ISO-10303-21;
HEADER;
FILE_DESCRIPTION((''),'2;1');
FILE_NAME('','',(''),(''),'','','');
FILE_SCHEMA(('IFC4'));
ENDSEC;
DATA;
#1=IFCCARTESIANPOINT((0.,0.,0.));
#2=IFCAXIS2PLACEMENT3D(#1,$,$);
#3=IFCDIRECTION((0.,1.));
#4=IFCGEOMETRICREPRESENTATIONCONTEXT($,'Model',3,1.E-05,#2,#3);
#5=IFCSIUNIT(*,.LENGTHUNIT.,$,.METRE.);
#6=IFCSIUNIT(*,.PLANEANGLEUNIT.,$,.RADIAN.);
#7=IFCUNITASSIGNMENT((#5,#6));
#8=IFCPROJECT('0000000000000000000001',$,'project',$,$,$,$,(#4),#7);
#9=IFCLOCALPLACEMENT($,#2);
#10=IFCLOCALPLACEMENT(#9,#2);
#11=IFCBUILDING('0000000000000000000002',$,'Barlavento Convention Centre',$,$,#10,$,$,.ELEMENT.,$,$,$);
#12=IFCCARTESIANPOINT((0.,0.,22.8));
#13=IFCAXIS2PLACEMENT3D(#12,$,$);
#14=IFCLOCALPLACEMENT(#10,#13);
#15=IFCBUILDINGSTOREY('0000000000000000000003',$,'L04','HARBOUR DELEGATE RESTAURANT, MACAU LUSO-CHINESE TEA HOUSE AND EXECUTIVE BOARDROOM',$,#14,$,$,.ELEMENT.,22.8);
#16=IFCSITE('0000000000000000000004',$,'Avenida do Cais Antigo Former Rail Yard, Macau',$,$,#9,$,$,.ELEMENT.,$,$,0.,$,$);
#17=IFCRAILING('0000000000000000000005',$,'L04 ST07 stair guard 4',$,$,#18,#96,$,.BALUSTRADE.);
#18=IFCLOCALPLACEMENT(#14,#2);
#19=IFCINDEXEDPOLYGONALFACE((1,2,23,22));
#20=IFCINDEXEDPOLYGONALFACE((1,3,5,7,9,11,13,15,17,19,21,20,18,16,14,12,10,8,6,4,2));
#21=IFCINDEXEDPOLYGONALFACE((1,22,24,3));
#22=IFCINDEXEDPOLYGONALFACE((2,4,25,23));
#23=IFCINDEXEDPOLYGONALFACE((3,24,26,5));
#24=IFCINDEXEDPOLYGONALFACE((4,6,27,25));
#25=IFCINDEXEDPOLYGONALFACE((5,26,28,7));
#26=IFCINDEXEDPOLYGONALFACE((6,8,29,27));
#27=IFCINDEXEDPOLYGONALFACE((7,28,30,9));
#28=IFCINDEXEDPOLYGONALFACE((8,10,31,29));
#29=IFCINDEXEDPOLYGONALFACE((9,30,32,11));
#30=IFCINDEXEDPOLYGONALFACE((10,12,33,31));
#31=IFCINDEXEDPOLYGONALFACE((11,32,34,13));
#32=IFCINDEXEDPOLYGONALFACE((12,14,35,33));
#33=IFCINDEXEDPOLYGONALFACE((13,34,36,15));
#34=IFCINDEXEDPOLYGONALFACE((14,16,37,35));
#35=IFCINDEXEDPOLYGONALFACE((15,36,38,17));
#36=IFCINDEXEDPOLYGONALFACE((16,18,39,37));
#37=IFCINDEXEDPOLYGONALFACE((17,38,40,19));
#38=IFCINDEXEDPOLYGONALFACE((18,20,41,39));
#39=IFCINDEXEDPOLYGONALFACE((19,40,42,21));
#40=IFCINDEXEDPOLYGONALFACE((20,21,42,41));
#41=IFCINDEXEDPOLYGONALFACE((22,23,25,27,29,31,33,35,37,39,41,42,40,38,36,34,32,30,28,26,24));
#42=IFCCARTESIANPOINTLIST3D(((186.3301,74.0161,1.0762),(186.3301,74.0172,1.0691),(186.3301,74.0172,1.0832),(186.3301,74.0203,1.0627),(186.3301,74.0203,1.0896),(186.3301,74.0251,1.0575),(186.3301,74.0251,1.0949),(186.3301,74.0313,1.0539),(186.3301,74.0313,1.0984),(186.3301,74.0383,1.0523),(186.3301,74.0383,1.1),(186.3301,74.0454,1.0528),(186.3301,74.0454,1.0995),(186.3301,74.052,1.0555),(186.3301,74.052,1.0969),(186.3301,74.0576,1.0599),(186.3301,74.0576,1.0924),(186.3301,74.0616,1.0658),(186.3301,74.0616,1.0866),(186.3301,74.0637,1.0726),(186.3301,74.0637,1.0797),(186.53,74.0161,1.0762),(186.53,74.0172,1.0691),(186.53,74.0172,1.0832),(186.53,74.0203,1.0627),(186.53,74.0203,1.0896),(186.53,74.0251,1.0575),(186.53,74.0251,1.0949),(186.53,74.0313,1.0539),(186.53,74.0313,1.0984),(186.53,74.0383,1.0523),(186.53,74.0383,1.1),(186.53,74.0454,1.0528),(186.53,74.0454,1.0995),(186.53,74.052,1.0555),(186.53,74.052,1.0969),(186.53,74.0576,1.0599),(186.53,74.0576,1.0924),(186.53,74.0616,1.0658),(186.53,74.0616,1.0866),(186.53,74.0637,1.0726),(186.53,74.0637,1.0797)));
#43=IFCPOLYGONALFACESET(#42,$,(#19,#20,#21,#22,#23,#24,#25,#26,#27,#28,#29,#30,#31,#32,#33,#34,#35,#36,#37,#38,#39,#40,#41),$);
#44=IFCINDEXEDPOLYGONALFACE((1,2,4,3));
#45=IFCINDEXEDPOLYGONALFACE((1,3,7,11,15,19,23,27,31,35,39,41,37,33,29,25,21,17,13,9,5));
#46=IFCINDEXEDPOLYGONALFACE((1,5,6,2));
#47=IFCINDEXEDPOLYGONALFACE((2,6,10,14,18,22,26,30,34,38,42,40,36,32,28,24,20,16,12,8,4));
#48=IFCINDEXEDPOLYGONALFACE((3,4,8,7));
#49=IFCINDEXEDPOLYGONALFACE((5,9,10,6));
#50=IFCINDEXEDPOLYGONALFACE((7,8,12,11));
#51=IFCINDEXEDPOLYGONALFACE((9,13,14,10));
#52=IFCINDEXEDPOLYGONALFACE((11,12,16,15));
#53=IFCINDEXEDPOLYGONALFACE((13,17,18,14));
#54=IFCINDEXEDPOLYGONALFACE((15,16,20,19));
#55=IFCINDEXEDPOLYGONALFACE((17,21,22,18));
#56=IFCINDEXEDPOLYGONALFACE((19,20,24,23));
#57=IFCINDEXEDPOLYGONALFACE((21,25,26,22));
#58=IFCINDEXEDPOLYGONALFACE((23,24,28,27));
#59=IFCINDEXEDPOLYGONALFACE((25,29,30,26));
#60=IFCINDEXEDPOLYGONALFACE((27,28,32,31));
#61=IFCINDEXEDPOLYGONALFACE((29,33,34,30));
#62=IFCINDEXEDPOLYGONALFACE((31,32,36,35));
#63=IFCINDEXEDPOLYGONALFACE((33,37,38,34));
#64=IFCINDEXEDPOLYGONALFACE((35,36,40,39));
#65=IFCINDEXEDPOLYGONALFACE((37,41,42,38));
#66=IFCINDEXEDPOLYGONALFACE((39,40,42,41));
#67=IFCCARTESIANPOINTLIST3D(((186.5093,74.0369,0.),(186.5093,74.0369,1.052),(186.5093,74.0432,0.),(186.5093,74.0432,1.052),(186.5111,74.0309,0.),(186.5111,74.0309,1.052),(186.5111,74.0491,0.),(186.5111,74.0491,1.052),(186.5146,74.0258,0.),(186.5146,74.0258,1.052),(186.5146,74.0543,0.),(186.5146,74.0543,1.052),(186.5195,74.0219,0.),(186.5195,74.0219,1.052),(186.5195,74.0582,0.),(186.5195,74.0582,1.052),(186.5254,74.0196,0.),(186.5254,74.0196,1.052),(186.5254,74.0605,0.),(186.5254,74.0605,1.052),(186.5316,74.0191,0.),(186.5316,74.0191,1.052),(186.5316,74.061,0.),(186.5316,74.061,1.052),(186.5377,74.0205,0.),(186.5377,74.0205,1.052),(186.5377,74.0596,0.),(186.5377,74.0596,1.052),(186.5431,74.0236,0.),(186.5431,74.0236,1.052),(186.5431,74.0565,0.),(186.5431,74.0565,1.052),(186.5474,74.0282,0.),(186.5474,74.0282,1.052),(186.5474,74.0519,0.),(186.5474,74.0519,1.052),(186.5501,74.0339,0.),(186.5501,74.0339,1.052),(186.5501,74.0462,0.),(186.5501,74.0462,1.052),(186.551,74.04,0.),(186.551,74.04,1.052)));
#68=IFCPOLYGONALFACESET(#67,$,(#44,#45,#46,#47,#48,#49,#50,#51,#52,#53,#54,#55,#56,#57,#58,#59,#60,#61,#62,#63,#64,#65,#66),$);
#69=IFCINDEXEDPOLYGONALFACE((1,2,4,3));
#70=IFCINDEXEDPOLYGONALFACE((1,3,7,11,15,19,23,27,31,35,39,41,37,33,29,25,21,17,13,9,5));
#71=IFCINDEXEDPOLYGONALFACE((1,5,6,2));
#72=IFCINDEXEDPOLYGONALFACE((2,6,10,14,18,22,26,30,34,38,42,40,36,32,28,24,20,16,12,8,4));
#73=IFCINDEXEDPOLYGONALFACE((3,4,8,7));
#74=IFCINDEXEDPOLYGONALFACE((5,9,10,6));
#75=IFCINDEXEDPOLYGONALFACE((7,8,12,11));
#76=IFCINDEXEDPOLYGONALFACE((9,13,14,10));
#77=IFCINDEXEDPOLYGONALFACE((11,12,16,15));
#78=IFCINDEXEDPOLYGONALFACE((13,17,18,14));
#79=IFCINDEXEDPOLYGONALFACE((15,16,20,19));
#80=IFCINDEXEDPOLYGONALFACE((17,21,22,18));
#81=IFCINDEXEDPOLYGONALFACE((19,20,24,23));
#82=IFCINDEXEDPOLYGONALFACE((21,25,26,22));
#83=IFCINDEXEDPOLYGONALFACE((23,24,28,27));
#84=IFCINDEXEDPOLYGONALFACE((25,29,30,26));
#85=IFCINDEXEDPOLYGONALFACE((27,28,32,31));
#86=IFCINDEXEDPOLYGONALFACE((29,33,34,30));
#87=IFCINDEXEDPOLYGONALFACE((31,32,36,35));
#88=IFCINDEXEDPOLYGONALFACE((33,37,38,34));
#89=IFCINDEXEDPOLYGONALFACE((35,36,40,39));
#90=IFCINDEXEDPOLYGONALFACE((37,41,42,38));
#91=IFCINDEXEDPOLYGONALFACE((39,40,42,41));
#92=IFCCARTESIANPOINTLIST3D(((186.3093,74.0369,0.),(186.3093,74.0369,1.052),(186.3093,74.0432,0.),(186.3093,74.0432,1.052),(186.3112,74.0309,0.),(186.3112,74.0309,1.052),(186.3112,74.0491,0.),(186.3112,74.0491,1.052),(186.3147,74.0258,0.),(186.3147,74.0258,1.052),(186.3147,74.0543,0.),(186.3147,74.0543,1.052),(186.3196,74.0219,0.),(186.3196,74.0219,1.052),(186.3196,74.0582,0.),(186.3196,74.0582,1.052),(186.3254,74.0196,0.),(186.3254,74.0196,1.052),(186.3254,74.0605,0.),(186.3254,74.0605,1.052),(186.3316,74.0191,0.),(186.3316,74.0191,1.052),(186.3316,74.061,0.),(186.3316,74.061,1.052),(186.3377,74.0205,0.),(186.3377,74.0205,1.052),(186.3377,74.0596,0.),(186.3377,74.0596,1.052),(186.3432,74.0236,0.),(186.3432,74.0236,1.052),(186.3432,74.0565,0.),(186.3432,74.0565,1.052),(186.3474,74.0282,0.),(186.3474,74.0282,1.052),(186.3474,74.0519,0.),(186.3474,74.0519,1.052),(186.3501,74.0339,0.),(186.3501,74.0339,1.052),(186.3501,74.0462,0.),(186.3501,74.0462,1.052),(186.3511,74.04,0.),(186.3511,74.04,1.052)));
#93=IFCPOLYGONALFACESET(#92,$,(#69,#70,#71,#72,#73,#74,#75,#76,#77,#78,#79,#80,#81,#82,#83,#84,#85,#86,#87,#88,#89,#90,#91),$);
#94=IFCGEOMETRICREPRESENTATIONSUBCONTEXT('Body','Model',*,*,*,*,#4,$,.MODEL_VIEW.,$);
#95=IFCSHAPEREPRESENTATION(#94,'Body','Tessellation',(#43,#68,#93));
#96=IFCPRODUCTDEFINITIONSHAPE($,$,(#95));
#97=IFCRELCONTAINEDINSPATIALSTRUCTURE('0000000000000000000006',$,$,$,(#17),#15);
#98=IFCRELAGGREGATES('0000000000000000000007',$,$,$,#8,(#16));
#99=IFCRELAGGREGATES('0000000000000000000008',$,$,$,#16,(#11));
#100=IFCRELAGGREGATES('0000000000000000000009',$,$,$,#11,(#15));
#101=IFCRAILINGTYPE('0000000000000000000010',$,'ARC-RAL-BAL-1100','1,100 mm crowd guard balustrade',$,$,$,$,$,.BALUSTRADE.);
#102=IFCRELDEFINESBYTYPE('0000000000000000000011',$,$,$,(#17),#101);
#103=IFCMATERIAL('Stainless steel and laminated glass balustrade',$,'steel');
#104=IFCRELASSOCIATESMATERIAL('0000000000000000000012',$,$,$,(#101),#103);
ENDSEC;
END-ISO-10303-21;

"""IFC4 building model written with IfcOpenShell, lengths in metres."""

from ifc_helpers import new_model, si_unit, direction, frame, origin, origin_2d, place, context, subcontext, project, spatial, circle, extrude, material, type_object, element, save


model = new_model("IFC4")

# Units and contexts
model_context = context("Model", 3, precision=1e-05, world=origin(), true_north=direction((0.0, 1.0)))
body_context = subcontext(model_context, "Body", "Model", "MODEL_VIEW")
ifc_project = project(units=[si_unit("LENGTHUNIT", "METRE"), si_unit("PLANEANGLEUNIT", "RADIAN")], contexts=[model_context])

# Site, building, storey
site_placement = place(None, origin())
site = spatial("IfcSite", under=ifc_project, at=site_placement, Name="Avenida do Cais Antigo Former Rail Yard, Macau", CompositionType="ELEMENT", RefElevation=0.0)
building_placement = place(site_placement, origin())
building = spatial("IfcBuilding", under=site, at=building_placement, Name="Barlavento Convention Centre", CompositionType="ELEMENT")
storey_placement = place(building_placement, frame((0.0, 0.0, 22.8)))
storey = spatial("IfcBuildingStorey", under=building, at=storey_placement, Name="L04", Description="HARBOUR DELEGATE RESTAURANT, MACAU LUSO-CHINESE TEA HOUSE AND EXECUTIVE BOARDROOM", CompositionType="ELEMENT", Elevation=22.8)

# Railing
ifc_material_1 = material(Name="Stainless steel and laminated glass balustrade", Category="steel")
railing_type_1 = type_object("IfcRailingType", Name="ARC-RAL-BAL-1100", Description="1,100 mm crowd guard balustrade", PredefinedType="BALUSTRADE", material=ifc_material_1)
railing_1_placement = place(storey_placement, frame((186.53, 74.04, 0.0)))
element("IfcRailing", 1, at=railing_1_placement, inside=storey, type_object=railing_type_1, Name="L04 ST07 stair guard 4", PredefinedType="BALUSTRADE", context=body_context, shape_type="SweptSolid", body=[
    extrude(circle(Radius=0.0239, at=origin_2d()), frame((0.0, 0.0, 1.0762), z_axis=(-1.0, 0.0, 0.0), x_axis=(0.0, -1.0, 0.0)), (0.0, 0.0, 1.0), 0.2),
    extrude(circle(Radius=0.021, at=origin_2d()), origin(), (0.0, 0.0, 1.0), 1.052),
    extrude(circle(Radius=0.021, at=origin_2d()), frame((-0.2, 0.0, 0.0)), (0.0, 0.0, 1.0), 1.052),
])

save(model, "model.ifc")
